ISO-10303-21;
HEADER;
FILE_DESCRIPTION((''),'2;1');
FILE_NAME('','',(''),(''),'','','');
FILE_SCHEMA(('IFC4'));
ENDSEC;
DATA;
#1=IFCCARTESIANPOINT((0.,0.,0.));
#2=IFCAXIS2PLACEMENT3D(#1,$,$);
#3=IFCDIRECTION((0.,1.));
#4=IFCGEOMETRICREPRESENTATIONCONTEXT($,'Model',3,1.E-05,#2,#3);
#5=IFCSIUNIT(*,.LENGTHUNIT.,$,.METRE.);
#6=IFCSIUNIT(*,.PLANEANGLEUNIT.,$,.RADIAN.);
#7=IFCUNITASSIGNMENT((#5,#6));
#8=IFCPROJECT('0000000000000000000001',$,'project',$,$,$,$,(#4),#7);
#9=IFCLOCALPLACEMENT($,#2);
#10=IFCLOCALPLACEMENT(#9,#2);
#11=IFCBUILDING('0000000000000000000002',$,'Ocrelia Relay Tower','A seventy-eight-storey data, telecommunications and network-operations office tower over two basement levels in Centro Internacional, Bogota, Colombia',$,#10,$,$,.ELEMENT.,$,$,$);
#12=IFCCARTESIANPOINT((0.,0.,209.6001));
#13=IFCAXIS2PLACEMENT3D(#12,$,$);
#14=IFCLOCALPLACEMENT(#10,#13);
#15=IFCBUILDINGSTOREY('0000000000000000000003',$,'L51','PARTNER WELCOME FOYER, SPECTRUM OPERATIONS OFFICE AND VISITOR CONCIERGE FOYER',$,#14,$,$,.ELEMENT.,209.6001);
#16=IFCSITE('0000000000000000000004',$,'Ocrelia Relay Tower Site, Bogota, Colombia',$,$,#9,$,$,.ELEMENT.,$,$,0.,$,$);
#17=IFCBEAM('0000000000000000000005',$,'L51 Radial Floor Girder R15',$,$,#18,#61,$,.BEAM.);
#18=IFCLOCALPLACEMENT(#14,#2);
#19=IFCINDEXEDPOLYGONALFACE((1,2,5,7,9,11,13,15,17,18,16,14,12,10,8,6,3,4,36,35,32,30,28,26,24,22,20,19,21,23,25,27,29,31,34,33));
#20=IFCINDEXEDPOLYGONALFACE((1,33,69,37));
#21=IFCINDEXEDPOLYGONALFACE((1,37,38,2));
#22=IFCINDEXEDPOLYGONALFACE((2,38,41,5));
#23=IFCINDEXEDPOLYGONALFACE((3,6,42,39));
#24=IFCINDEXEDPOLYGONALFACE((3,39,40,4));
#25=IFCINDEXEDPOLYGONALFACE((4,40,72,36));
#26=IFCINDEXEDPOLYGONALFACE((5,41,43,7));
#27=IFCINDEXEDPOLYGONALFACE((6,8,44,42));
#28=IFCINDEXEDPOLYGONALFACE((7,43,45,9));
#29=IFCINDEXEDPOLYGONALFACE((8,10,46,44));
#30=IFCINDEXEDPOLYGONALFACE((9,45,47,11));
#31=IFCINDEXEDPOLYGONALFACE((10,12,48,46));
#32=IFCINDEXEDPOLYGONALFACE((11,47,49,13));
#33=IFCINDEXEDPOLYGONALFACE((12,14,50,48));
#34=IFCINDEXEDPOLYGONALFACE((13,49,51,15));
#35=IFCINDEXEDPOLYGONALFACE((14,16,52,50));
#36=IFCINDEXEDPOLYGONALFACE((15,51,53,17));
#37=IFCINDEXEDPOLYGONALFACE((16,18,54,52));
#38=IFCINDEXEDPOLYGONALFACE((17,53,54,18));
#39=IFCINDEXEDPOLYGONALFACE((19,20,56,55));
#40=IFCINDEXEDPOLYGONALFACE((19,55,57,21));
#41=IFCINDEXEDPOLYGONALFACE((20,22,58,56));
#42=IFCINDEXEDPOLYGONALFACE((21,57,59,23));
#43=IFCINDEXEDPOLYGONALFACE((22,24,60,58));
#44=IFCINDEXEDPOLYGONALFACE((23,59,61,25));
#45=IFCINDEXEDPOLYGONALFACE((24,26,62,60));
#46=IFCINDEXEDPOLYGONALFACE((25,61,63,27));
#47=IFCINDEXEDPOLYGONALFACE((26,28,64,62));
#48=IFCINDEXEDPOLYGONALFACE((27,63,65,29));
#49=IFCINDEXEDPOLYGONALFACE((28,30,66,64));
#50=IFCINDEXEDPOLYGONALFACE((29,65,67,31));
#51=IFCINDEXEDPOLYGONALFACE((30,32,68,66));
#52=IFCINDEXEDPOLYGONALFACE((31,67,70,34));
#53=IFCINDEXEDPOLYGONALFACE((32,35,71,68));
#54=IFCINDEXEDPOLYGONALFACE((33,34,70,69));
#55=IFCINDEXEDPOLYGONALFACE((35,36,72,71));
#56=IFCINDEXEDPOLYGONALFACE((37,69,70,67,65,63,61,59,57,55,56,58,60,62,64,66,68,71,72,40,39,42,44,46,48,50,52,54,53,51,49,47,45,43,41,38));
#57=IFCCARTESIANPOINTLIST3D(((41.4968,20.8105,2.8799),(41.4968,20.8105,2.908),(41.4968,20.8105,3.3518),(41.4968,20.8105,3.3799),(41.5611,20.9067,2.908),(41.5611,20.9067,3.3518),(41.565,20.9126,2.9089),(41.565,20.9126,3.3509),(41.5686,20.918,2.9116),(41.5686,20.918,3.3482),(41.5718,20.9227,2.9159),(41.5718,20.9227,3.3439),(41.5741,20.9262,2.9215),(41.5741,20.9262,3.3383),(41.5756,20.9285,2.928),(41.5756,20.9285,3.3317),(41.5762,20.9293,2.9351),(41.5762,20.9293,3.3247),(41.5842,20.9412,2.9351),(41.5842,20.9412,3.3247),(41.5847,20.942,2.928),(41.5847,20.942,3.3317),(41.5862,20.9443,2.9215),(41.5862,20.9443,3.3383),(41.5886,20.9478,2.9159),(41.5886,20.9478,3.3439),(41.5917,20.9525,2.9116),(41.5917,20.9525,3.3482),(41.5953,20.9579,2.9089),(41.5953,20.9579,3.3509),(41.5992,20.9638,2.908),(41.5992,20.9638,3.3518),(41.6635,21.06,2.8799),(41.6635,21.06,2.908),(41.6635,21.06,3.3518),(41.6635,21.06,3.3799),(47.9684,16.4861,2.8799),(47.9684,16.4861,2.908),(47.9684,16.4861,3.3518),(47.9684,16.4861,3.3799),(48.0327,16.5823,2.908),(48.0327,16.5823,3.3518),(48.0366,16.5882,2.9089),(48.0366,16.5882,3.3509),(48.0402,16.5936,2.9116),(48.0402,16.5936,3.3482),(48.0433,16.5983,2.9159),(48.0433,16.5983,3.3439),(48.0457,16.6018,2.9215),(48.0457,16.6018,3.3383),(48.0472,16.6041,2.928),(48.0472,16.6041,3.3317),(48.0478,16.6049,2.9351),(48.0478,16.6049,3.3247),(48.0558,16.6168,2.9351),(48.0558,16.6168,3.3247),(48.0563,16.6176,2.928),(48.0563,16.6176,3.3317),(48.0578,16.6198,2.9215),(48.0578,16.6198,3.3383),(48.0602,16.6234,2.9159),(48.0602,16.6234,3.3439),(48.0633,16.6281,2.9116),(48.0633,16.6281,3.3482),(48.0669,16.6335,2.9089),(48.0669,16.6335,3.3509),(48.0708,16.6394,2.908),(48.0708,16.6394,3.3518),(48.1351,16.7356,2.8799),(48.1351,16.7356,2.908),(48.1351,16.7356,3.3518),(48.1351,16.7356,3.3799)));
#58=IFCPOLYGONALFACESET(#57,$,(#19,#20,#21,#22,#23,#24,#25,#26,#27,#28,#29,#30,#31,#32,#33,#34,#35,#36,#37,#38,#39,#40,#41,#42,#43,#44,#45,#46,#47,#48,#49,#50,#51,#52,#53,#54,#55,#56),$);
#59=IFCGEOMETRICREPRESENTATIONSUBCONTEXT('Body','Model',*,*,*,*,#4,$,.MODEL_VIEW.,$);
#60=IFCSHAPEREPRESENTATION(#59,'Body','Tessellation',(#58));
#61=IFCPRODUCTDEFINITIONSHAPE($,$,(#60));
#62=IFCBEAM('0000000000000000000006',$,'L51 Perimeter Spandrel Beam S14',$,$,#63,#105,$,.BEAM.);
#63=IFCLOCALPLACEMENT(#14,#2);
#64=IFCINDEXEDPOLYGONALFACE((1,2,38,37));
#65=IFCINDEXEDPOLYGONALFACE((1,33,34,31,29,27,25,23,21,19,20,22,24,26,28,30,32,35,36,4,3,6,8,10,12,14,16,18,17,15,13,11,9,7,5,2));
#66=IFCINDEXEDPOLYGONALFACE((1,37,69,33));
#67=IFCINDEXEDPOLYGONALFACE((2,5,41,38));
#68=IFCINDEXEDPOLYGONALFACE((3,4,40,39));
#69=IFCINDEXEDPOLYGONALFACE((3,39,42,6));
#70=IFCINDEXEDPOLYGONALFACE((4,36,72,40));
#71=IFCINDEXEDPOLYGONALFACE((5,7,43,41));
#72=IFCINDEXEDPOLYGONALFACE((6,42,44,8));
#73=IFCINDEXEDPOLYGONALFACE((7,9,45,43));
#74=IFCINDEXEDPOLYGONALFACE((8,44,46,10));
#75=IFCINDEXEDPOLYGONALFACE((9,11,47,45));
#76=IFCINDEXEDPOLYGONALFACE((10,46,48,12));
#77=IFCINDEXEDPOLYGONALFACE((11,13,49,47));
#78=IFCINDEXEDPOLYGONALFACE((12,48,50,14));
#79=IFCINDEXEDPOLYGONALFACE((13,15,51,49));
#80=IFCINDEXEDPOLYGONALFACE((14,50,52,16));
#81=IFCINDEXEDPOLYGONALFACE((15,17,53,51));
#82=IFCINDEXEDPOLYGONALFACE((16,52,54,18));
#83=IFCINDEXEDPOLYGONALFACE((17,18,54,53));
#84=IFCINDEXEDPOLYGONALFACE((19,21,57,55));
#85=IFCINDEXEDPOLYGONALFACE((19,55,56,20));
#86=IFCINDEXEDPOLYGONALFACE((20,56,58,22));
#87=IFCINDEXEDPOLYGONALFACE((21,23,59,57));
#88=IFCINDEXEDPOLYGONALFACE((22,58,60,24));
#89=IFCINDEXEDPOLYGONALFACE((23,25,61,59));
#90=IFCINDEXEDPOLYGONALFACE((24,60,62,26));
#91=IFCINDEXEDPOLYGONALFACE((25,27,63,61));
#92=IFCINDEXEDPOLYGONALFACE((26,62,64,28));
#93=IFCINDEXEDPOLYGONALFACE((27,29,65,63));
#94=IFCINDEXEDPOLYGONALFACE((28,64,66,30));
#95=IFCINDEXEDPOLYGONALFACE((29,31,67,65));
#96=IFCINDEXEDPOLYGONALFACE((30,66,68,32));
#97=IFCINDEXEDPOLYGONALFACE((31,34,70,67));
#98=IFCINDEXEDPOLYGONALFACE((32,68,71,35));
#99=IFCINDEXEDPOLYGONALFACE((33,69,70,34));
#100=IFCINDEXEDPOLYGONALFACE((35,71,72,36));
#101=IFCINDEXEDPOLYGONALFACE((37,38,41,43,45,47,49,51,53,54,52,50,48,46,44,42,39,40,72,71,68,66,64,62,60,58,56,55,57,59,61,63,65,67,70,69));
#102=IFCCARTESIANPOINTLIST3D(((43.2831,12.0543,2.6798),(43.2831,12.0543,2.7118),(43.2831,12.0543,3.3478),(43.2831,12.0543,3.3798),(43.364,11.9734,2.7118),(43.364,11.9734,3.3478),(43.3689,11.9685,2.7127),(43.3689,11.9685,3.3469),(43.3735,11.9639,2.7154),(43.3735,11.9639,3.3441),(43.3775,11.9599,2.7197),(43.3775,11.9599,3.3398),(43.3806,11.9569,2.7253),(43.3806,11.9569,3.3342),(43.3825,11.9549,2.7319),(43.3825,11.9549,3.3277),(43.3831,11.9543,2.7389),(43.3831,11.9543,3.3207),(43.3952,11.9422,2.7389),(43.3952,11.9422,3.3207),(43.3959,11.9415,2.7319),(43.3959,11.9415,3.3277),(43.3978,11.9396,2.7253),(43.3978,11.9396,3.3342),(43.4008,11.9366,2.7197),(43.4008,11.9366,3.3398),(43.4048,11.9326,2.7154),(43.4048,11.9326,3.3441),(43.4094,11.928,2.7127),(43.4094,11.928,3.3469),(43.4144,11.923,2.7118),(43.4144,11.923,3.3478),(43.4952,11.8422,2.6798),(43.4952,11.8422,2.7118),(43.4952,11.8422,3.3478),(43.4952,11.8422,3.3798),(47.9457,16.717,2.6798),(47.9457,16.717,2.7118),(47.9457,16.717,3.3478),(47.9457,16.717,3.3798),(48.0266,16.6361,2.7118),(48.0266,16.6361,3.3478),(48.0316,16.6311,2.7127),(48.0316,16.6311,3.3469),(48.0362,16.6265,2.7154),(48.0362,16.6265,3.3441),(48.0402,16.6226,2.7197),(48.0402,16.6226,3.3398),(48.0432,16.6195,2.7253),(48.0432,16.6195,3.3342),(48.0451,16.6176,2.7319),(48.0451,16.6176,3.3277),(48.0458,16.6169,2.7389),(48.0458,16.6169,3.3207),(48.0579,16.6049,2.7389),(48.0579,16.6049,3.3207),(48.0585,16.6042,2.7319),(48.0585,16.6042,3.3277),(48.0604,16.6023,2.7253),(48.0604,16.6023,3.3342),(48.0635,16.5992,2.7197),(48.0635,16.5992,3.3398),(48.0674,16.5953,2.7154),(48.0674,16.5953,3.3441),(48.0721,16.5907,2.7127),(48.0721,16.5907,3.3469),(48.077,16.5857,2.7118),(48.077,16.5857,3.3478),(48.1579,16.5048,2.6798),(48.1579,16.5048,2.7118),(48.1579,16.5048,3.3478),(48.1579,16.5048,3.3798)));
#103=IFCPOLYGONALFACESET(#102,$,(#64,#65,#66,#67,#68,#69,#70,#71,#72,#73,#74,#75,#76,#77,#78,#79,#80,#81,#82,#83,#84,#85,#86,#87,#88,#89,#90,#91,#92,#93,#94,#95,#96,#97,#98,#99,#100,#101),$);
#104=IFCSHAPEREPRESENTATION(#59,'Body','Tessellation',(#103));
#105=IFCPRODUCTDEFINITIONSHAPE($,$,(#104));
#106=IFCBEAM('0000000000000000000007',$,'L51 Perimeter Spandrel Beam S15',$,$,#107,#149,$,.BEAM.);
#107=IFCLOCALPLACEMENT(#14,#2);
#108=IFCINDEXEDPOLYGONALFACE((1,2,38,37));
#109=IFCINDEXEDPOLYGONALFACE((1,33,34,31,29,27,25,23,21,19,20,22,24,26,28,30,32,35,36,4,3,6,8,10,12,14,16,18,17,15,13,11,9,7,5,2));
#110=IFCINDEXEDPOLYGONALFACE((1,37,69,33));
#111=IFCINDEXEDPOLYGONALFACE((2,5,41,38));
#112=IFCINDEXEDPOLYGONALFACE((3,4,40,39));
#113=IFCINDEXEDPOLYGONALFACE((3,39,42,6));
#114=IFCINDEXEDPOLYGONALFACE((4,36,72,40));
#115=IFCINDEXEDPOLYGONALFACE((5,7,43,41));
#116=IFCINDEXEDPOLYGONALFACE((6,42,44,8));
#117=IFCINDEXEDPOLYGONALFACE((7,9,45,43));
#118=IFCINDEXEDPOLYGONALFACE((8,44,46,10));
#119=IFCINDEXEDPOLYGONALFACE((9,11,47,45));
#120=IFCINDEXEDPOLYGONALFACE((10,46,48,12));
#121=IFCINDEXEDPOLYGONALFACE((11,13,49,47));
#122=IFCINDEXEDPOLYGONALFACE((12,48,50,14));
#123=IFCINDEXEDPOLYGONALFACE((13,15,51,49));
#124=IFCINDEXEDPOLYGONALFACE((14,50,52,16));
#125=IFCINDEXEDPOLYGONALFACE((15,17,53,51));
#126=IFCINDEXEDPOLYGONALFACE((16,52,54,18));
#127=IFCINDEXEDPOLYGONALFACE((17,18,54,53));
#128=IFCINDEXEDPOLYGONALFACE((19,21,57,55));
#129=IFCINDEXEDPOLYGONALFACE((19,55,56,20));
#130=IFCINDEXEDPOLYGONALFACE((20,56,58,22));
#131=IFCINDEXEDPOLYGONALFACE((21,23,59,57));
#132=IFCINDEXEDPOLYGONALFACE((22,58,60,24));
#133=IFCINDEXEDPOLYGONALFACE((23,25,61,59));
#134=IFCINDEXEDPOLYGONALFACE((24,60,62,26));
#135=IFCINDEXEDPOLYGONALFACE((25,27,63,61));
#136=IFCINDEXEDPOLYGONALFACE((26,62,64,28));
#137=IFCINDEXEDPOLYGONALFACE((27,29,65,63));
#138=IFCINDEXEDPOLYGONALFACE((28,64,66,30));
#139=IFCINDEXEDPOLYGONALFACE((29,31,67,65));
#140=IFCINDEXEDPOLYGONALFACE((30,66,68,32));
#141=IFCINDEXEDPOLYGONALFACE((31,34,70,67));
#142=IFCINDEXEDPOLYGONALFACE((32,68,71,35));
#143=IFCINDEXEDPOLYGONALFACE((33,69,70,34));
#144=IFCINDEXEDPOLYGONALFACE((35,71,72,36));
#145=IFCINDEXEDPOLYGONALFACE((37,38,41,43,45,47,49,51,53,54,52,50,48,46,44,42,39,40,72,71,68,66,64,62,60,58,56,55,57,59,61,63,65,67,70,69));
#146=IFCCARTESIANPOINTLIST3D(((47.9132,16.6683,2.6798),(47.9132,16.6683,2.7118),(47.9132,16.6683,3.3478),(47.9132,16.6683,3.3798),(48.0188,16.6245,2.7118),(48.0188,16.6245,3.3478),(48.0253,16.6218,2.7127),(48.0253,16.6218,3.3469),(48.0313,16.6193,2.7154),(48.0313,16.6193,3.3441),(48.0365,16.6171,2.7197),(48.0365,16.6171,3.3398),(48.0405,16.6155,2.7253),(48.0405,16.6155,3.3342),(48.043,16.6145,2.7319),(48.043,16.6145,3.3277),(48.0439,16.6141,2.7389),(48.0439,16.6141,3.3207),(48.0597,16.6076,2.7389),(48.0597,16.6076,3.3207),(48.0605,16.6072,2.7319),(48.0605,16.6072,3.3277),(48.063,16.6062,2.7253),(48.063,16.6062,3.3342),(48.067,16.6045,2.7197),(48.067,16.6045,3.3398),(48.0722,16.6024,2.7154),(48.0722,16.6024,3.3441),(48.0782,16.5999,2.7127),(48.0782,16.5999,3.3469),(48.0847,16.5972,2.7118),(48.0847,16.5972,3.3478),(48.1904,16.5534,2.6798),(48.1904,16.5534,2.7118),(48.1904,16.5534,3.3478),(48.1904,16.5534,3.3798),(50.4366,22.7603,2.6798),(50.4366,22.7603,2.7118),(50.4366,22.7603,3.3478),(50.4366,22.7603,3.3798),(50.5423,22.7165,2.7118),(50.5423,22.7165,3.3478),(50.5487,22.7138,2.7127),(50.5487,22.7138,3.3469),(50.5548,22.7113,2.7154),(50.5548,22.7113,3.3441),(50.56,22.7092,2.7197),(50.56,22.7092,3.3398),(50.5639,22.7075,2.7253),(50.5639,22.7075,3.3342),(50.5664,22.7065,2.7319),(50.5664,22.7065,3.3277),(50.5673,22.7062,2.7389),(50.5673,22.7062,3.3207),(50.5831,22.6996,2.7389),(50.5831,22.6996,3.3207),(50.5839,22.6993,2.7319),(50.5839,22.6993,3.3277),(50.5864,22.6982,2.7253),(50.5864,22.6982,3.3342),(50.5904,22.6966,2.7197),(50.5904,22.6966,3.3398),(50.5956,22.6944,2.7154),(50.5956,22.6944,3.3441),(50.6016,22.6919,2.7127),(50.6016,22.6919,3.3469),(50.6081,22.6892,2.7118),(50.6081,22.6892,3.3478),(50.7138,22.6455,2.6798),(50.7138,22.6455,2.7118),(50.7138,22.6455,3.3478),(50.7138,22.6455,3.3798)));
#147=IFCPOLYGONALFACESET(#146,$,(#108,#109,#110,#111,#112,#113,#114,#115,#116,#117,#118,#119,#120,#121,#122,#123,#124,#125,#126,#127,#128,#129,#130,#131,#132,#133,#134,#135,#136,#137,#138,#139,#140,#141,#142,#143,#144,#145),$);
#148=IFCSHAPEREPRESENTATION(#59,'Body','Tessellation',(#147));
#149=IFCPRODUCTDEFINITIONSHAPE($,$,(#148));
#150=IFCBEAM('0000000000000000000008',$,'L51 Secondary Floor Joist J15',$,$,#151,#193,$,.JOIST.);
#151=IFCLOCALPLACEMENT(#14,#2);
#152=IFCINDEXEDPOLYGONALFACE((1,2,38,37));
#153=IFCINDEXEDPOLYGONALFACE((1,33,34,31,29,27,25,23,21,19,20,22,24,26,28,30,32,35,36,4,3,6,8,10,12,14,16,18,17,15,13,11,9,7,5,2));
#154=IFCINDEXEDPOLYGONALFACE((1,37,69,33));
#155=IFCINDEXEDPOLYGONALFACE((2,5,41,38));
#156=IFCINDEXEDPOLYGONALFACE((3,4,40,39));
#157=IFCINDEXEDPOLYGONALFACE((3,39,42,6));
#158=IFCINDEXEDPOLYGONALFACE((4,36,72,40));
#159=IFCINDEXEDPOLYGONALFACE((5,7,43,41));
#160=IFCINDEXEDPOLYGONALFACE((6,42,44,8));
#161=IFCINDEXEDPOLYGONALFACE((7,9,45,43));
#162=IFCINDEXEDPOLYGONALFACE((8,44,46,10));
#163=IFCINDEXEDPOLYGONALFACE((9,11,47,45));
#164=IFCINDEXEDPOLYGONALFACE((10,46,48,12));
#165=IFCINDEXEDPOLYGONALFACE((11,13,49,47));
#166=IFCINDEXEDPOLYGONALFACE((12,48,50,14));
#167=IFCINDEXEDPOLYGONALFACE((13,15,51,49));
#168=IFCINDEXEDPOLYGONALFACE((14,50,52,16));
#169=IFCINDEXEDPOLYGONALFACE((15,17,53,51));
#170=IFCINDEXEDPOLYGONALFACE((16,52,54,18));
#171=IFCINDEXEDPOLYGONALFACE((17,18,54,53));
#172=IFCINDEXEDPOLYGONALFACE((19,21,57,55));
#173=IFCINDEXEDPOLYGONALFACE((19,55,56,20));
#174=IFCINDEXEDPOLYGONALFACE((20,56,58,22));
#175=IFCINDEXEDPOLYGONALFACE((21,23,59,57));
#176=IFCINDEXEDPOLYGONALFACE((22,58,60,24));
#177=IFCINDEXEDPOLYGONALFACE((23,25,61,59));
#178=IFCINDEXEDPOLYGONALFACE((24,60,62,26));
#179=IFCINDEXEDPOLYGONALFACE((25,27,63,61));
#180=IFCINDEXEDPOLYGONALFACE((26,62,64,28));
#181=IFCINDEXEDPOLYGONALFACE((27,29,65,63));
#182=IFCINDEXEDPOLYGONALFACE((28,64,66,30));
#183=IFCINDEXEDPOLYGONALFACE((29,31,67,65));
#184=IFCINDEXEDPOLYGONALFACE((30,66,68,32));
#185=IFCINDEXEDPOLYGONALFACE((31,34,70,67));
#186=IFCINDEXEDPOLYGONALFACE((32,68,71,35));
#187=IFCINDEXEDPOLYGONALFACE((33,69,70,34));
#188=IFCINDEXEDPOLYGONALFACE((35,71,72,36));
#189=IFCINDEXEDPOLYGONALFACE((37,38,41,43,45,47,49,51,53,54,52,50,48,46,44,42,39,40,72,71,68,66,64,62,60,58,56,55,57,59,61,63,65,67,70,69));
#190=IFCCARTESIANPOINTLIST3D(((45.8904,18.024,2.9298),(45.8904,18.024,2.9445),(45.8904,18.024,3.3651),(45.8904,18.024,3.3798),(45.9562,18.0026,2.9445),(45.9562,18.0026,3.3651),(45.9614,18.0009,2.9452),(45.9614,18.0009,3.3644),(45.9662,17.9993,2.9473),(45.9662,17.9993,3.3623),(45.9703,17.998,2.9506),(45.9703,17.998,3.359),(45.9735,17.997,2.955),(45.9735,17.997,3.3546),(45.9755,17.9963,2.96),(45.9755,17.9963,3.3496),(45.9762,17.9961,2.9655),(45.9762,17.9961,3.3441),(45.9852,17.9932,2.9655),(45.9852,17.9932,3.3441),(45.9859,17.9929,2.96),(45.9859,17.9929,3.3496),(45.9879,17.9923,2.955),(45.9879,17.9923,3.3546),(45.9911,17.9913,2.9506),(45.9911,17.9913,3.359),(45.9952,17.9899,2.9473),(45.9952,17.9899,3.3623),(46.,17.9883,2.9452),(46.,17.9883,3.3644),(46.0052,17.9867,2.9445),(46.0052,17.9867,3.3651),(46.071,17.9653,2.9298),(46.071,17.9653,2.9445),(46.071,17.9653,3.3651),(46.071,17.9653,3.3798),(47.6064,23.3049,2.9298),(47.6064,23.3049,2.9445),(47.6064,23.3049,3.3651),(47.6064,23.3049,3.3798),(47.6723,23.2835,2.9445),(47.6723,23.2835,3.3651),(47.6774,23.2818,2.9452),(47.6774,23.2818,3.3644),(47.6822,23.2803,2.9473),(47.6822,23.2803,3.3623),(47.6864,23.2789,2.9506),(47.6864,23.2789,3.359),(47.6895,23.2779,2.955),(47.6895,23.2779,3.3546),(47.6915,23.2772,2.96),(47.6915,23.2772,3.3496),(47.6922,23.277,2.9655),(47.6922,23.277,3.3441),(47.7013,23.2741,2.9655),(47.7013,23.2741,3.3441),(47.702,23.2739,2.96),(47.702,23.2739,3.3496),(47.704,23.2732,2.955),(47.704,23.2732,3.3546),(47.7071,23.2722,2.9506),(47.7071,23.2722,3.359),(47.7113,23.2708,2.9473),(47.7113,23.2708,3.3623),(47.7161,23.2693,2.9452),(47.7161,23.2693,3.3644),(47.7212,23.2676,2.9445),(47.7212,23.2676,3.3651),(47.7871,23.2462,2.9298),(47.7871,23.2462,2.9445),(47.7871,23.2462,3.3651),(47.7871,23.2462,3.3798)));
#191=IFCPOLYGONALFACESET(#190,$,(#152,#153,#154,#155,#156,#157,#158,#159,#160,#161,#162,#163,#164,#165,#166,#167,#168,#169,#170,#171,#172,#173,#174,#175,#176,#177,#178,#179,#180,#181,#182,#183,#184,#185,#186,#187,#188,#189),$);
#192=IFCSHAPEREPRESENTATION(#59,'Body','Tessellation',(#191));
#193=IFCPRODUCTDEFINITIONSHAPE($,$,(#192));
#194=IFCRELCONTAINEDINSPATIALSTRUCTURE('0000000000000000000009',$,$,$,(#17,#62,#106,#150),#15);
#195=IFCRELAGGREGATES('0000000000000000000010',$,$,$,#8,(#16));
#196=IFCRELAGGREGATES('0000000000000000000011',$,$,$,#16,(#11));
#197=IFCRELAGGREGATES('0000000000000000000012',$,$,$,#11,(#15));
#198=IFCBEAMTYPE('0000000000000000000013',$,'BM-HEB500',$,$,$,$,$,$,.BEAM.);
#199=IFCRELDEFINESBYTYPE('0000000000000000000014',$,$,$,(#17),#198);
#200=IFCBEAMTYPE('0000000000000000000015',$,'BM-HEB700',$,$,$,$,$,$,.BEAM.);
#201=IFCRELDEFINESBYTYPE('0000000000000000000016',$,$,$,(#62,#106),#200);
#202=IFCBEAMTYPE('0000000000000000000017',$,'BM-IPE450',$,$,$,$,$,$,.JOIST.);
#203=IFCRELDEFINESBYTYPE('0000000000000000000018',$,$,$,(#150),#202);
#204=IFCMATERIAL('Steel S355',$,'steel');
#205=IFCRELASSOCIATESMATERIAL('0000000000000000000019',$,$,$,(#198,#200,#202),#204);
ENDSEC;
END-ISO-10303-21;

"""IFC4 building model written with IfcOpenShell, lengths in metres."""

from ifc_helpers import new_model, si_unit, direction, frame, origin, origin_2d, place, context, subcontext, project, spatial, i_section, extrude, material, material_profile, profile_set, type_object, element, save


model = new_model("IFC4")

# Units and contexts
model_context = context("Model", 3, precision=1e-05, world=origin(), true_north=direction((0.0, 1.0)))
body_context = subcontext(model_context, "Body", "Model", "MODEL_VIEW")
ifc_project = project(units=[si_unit("LENGTHUNIT", "METRE"), si_unit("PLANEANGLEUNIT", "RADIAN")], contexts=[model_context])

# Site, building, storey
site_placement = place(None, origin())
site = spatial("IfcSite", under=ifc_project, at=site_placement, Name="Ocrelia Relay Tower Site, Bogota, Colombia", CompositionType="ELEMENT", RefElevation=0.0)
building_placement = place(site_placement, origin())
building = spatial("IfcBuilding", under=site, at=building_placement, Name="Ocrelia Relay Tower", Description="A seventy-eight-storey data, telecommunications and network-operations office tower over two basement levels in Centro Internacional, Bogota, Colombia", CompositionType="ELEMENT")
storey_placement = place(building_placement, frame((0.0, 0.0, 209.6001)))
storey = spatial("IfcBuildingStorey", under=building, at=storey_placement, Name="L51", Description="PARTNER WELCOME FOYER, SPECTRUM OPERATIONS OFFICE AND VISITOR CONCIERGE FOYER", CompositionType="ELEMENT", Elevation=209.6001)

# Beams
ifc_material_1 = material(Name="Steel S355", Category="steel")
ifc_material_profile_1 = material_profile(ifc_material_1, i_section(OverallWidth=0.3, OverallDepth=0.5, WebThickness=0.0144, FlangeThickness=0.0281, FilletRadius=0.0271, at=origin_2d()), Name="HEB 500")
ifc_profile_set_1 = profile_set([ifc_material_profile_1], Name="Steel S355")
beam_type_1 = type_object("IfcBeamType", Name="BM-HEB500", PredefinedType="BEAM", material=ifc_profile_set_1)
beam_1_placement = place(storey_placement, frame((48.0518, 16.6108, 3.1299), z_axis=(-0.831456, 0.55559, 0.0), x_axis=(-0.55559, -0.831456, 0.0)))
element("IfcBeam", 1, at=beam_1_placement, inside=storey, type_object=beam_type_1, Name="L51 Radial Floor Girder R15", PredefinedType="BEAM", context=body_context, shape_type="SweptSolid", body=[
    extrude(i_section(OverallWidth=0.3, OverallDepth=0.5, WebThickness=0.0144, FlangeThickness=0.0281, FilletRadius=0.0271, at=origin_2d()), origin(), (0.0, 0.0, 1.0), 7.7834),
])
ifc_material_profile_2 = material_profile(ifc_material_1, i_section(OverallWidth=0.3, OverallDepth=0.7, WebThickness=0.0171, FlangeThickness=0.032, FilletRadius=0.0271, at=origin_2d()), Name="HEB 700")
ifc_profile_set_2 = profile_set([ifc_material_profile_2], Name="Steel S355")
beam_type_2 = type_object("IfcBeamType", Name="BM-HEB700", PredefinedType="BEAM", material=ifc_profile_set_2)
for number, where, z_axis, x_axis, name in (
    (2, (43.3892, 11.9482, 3.0298), (0.707107, 0.707107, 0.0), (-0.707107, 0.707107, 0.0), "L51 Perimeter Spandrel Beam S14"),
    (3, (48.0518, 16.6108, 3.0298), (0.382688, 0.923878, 0.0), (-0.923878, 0.382688, 0.0), "L51 Perimeter Spandrel Beam S15"),
):
    element("IfcBeam", number, at=place(storey_placement, frame(where, z_axis=z_axis, x_axis=x_axis)), inside=storey, type_object=beam_type_2, Name=name, PredefinedType="BEAM", context=body_context, shape_type="SweptSolid", body=[
        extrude(i_section(OverallWidth=0.3, OverallDepth=0.7, WebThickness=0.0171, FlangeThickness=0.032, FilletRadius=0.0271, at=origin_2d()), origin(), (0.0, 0.0, 1.0), 6.594),
    ])
ifc_material_profile_3 = material_profile(ifc_material_1, i_section(OverallWidth=0.1899, OverallDepth=0.45, WebThickness=0.0095, FlangeThickness=0.0146, FilletRadius=0.021, at=origin_2d()), Name="IPE 450")
ifc_profile_set_3 = profile_set([ifc_material_profile_3], Name="Steel S355")
beam_type_3 = type_object("IfcBeamType", Name="BM-IPE450", PredefinedType="JOIST", material=ifc_profile_set_3)
beam_2_placement = place(storey_placement, frame((45.9807, 17.9946, 3.1548), z_axis=(0.309043, 0.951048, 0.0), x_axis=(-0.951048, 0.309043, 0.0)))
element("IfcBeam", 4, at=beam_2_placement, inside=storey, type_object=beam_type_3, Name="L51 Secondary Floor Joist J15", PredefinedType="JOIST", context=body_context, shape_type="SweptSolid", body=[
    extrude(i_section(OverallWidth=0.1899, OverallDepth=0.45, WebThickness=0.0095, FlangeThickness=0.0146, FilletRadius=0.021, at=origin_2d()), origin(), (0.0, 0.0, 1.0), 5.5527),
])

save(model, "model.ifc")
